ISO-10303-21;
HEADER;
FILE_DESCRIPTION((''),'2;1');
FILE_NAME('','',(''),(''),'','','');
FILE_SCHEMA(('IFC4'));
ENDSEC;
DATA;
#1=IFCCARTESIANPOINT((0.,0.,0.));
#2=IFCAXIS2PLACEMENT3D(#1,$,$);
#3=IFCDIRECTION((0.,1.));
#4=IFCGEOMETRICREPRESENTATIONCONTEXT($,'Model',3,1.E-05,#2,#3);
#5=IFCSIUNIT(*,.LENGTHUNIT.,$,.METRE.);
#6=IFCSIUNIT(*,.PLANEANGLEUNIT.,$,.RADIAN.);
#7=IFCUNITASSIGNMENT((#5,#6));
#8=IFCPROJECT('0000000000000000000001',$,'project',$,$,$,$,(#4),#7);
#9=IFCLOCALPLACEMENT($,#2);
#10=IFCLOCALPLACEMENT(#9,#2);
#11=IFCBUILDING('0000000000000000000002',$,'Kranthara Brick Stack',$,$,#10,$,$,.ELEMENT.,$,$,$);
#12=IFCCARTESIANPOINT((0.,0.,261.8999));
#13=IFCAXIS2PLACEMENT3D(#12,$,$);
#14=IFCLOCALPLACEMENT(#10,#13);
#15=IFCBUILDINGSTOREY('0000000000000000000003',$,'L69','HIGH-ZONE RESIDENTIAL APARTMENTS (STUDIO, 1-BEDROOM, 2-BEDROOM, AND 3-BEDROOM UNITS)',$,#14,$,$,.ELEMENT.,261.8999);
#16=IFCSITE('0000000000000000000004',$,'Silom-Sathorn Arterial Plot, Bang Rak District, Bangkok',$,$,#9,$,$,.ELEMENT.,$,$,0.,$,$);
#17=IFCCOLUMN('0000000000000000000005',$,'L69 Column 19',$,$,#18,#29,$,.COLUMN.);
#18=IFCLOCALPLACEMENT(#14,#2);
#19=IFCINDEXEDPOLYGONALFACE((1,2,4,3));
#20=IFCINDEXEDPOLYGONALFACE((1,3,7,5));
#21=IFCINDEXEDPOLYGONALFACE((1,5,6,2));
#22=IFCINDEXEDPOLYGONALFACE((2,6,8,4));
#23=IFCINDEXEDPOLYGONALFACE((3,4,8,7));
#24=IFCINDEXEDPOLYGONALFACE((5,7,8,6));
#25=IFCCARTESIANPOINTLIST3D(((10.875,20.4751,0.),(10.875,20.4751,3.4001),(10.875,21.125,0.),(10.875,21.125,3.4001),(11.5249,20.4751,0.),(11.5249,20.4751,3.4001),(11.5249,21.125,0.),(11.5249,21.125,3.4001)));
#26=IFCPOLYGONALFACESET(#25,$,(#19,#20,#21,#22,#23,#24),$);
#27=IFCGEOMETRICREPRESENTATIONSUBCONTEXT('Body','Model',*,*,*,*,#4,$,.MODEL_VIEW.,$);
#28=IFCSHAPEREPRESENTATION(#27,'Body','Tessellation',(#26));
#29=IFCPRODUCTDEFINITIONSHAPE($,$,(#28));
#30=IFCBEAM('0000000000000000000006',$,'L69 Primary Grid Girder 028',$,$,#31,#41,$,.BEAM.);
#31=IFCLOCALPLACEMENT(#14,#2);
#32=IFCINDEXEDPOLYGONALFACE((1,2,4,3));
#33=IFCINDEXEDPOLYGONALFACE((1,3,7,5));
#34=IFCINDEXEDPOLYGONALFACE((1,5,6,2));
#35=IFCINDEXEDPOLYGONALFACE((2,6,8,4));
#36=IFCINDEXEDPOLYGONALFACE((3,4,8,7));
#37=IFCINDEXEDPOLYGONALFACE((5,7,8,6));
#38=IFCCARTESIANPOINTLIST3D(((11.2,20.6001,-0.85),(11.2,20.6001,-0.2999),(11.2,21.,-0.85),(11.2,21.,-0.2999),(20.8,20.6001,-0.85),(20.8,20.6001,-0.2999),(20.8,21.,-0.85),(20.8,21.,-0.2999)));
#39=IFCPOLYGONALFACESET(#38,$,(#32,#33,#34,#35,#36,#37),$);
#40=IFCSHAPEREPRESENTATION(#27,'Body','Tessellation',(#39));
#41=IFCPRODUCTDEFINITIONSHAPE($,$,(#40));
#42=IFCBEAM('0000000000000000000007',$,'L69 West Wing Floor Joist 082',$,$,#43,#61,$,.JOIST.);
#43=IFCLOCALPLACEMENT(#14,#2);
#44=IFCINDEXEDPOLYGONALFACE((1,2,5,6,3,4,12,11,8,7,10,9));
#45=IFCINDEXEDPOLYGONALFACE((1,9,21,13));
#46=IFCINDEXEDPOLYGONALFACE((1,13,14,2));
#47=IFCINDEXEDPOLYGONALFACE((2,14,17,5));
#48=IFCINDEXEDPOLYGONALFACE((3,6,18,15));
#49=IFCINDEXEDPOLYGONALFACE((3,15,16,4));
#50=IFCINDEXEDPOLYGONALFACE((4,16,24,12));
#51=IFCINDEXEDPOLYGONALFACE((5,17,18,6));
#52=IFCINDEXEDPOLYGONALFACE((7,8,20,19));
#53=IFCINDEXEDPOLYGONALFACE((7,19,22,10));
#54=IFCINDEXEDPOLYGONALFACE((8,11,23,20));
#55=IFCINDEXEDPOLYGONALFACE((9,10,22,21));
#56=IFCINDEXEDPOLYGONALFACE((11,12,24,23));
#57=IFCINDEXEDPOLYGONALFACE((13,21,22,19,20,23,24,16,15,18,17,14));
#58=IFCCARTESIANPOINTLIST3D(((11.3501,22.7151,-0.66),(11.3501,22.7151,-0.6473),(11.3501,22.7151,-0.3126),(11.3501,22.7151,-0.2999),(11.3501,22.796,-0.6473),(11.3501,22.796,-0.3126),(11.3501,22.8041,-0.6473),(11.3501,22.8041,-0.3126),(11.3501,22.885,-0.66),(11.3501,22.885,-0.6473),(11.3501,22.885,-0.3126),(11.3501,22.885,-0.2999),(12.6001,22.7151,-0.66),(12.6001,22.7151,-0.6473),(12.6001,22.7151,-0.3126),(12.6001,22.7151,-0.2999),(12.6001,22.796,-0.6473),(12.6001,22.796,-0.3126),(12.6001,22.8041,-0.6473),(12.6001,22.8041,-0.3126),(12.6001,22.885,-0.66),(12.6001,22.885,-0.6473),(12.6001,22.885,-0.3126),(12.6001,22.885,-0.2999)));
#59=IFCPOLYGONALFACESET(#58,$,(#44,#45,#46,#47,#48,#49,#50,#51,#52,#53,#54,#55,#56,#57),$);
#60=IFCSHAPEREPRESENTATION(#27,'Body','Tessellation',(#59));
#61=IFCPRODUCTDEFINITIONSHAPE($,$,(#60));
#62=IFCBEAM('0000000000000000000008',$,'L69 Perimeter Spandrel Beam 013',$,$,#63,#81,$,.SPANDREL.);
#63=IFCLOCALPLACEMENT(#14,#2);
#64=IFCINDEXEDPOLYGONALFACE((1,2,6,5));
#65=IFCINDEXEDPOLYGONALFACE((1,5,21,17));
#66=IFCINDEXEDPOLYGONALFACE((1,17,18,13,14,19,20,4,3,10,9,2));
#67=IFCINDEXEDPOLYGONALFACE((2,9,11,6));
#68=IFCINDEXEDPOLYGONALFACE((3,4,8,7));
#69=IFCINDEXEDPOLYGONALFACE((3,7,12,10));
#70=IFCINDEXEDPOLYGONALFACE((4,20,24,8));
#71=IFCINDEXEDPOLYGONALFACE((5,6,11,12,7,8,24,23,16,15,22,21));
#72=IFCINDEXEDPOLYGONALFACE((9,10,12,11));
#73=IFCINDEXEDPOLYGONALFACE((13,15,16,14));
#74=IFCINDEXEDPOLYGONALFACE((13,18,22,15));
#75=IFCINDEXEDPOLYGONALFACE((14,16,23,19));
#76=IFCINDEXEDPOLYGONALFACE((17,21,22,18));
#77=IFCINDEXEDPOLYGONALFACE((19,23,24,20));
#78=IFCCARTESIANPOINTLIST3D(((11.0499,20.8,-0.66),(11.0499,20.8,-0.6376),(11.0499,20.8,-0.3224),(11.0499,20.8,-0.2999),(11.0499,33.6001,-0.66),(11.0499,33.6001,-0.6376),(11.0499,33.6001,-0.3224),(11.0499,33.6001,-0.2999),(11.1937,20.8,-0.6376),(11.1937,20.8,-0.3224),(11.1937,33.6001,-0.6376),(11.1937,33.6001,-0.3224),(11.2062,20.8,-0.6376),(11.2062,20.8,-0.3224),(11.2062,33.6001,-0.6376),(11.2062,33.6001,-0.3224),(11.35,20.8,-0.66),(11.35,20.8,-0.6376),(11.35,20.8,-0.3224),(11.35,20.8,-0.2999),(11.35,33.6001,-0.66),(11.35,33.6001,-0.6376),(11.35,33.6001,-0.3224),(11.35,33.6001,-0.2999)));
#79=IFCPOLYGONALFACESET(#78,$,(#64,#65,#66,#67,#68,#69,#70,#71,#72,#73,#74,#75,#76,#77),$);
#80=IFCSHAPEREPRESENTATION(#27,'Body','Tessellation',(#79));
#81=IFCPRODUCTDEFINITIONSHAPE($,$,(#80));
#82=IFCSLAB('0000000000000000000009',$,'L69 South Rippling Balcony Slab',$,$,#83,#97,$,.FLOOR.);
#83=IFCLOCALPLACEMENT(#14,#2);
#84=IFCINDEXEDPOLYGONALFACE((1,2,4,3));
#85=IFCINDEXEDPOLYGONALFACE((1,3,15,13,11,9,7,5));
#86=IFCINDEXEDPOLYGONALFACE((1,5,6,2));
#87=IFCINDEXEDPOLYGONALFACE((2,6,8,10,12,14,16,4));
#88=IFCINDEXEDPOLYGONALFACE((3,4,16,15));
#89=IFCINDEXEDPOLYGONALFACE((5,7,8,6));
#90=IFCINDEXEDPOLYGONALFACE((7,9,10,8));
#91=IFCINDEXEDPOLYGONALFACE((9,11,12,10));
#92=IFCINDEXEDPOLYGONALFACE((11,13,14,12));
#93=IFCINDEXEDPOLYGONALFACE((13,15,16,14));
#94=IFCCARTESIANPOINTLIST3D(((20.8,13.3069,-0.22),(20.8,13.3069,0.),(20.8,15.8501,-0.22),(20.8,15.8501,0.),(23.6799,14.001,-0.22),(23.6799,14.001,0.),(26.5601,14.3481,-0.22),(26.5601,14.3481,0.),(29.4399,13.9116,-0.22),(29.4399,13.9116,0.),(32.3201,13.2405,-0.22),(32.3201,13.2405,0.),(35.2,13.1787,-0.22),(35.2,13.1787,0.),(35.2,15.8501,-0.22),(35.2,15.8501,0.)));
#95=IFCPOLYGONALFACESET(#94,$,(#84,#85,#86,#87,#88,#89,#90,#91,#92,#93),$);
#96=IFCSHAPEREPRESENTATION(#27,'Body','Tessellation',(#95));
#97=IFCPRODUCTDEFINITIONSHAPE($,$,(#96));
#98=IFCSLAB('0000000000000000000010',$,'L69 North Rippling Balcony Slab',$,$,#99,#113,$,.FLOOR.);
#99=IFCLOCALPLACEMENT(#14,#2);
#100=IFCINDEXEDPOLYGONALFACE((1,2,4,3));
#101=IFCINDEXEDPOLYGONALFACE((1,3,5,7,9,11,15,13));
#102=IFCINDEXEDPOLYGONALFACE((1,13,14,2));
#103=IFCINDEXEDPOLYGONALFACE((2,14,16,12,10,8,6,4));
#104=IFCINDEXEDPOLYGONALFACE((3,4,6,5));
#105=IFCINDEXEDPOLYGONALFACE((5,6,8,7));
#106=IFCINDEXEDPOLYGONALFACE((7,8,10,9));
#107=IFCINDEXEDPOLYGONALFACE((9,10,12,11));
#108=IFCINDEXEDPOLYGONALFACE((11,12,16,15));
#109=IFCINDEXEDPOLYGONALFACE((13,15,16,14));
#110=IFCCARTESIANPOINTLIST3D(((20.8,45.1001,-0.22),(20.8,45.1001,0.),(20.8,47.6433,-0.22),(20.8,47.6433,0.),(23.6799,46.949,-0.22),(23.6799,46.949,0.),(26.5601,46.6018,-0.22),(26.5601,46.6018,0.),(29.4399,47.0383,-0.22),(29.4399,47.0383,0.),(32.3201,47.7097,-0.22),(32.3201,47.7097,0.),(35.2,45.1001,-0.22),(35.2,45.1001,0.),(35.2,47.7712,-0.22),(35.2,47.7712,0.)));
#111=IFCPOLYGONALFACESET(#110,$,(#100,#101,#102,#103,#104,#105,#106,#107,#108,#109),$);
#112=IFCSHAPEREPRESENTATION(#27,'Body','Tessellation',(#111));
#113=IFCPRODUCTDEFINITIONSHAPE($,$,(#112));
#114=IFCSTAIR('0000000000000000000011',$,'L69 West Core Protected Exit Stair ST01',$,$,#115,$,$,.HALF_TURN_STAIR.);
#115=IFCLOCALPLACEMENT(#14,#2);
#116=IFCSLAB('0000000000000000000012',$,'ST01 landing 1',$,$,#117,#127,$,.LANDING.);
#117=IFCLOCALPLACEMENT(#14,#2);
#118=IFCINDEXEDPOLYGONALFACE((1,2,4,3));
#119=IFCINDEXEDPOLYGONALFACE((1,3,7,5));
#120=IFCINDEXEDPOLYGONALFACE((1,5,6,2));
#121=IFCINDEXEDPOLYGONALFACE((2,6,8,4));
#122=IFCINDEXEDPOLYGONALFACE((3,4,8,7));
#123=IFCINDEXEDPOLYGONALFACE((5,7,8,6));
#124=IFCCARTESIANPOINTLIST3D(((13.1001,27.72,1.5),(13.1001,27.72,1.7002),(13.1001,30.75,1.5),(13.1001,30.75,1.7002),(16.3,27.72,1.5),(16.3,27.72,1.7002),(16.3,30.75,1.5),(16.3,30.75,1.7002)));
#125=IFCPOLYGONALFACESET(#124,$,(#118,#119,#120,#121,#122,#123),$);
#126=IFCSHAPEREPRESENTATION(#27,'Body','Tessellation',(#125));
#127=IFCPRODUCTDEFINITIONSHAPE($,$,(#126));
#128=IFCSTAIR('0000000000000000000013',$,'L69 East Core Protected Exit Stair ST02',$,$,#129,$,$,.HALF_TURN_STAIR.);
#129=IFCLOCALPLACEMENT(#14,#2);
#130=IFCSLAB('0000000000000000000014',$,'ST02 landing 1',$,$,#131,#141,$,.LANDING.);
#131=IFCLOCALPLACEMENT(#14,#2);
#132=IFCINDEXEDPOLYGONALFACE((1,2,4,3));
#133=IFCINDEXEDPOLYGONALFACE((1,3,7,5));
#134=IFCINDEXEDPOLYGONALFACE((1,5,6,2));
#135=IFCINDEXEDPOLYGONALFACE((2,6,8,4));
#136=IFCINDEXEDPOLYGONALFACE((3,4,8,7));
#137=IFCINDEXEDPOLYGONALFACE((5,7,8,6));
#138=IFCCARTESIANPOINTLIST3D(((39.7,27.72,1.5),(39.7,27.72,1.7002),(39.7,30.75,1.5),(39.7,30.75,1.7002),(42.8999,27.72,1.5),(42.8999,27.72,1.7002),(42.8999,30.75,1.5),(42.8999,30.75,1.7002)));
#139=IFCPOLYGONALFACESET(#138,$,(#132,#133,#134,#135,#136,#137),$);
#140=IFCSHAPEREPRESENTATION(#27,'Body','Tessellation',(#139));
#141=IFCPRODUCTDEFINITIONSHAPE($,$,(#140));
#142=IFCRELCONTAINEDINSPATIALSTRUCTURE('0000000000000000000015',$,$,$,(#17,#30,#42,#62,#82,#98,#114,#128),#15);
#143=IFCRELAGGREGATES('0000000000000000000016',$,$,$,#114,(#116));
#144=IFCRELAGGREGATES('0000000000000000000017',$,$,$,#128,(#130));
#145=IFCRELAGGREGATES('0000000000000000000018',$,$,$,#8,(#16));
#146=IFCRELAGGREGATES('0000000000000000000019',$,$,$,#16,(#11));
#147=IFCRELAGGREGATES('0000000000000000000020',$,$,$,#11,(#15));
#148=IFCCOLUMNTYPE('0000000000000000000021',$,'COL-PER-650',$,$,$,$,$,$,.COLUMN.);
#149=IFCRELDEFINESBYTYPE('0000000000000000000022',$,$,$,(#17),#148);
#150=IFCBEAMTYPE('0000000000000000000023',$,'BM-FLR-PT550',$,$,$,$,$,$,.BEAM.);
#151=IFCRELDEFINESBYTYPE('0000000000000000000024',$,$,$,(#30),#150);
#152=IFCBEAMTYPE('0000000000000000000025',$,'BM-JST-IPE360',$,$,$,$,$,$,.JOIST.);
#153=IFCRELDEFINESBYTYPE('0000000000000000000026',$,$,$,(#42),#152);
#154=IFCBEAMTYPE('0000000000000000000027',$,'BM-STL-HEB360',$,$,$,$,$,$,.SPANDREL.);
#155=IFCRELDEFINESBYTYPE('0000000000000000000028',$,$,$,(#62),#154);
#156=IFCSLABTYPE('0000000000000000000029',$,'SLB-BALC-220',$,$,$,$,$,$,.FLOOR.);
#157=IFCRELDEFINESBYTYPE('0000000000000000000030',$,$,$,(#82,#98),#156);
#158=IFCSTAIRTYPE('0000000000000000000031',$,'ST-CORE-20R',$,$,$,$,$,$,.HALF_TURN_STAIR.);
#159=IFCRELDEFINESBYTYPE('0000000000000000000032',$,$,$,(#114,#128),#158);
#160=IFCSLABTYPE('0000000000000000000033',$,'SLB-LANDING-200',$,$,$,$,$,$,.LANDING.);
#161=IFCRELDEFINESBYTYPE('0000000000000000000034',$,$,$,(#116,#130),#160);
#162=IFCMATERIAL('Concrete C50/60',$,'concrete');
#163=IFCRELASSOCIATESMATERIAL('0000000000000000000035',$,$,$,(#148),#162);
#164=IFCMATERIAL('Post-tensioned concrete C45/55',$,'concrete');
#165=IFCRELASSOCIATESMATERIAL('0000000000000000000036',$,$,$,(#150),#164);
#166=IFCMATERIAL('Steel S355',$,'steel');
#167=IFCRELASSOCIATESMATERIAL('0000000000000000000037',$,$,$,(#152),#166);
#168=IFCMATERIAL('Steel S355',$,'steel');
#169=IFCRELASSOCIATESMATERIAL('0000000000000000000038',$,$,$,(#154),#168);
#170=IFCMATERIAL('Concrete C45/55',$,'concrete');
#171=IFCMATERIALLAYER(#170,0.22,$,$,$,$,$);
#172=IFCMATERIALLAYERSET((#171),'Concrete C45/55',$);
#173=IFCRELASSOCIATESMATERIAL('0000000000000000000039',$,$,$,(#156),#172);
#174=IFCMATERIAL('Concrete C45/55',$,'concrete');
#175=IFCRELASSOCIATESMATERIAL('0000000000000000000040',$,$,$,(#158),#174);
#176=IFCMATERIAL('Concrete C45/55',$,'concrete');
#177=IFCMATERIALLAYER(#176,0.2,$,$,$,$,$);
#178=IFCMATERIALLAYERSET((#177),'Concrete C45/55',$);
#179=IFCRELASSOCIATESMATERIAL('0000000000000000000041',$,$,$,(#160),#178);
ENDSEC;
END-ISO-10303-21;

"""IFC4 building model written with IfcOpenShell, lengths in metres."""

from ifc_helpers import new_model, si_unit, direction, frame, origin, origin_2d, place, context, subcontext, project, spatial, polyline, rectangle, i_section, outline, extrude, material, layer, layer_set, material_profile, profile_set, type_object, element, aggregate, save


model = new_model("IFC4")

# Units and contexts
model_context = context("Model", 3, precision=1e-05, world=origin(), true_north=direction((0.0, 1.0)))
body_context = subcontext(model_context, "Body", "Model", "MODEL_VIEW")
ifc_project = project(units=[si_unit("LENGTHUNIT", "METRE"), si_unit("PLANEANGLEUNIT", "RADIAN")], contexts=[model_context])

# Site, building, storey
site_placement = place(None, origin())
site = spatial("IfcSite", under=ifc_project, at=site_placement, Name="Silom-Sathorn Arterial Plot, Bang Rak District, Bangkok", CompositionType="ELEMENT", RefElevation=0.0)
building_placement = place(site_placement, origin())
building = spatial("IfcBuilding", under=site, at=building_placement, Name="Kranthara Brick Stack", CompositionType="ELEMENT")
storey_placement = place(building_placement, frame((0.0, 0.0, 261.8999)))
storey = spatial("IfcBuildingStorey", under=building, at=storey_placement, Name="L69", Description="HIGH-ZONE RESIDENTIAL APARTMENTS (STUDIO, 1-BEDROOM, 2-BEDROOM, AND 3-BEDROOM UNITS)", CompositionType="ELEMENT", Elevation=261.8999)

# Column
ifc_material_1 = material(Name="Concrete C50/60", Category="concrete")
ifc_material_profile_1 = material_profile(ifc_material_1, rectangle(XDim=0.6499, YDim=0.6499, at=origin_2d()), Name="RC 650x650")
ifc_profile_set_1 = profile_set([ifc_material_profile_1], Name="Concrete C50/60")
column_type = type_object("IfcColumnType", Name="COL-PER-650", PredefinedType="COLUMN", material=ifc_profile_set_1)
column_placement = place(storey_placement, frame((11.2, 20.8, 0.0), z_axis=(0.0, 0.0, 1.0), x_axis=(1.0, 0.0, 0.0)))
element("IfcColumn", 1, at=column_placement, inside=storey, type_object=column_type, Name="L69 Column 19", PredefinedType="COLUMN", context=body_context, shape_type="SweptSolid", body=[
    extrude(rectangle(XDim=0.6499, YDim=0.6499, at=origin_2d()), origin(), (0.0, 0.0, 1.0), 3.4001),
])

# Beams
ifc_material_2 = material(Name="Post-tensioned concrete C45/55", Category="concrete")
ifc_material_profile_2 = material_profile(ifc_material_2, rectangle(XDim=0.3999, YDim=0.55, at=origin_2d()), Name="PT 400x550")
ifc_profile_set_2 = profile_set([ifc_material_profile_2], Name="Post-tensioned concrete C45/55")
beam_type_1 = type_object("IfcBeamType", Name="BM-FLR-PT550", PredefinedType="BEAM", material=ifc_profile_set_2)
beam_1_placement = place(storey_placement, frame((11.2, 20.8, -0.575), z_axis=(1.0, 0.0, 0.0), x_axis=(0.0, 1.0, 0.0)))
element("IfcBeam", 2, at=beam_1_placement, inside=storey, type_object=beam_type_1, Name="L69 Primary Grid Girder 028", PredefinedType="BEAM", context=body_context, shape_type="SweptSolid", body=[
    extrude(rectangle(XDim=0.3999, YDim=0.55, at=origin_2d()), origin(), (0.0, 0.0, 1.0), 9.6001),
])
ifc_material_3 = material(Name="Steel S355", Category="steel")
ifc_material_profile_3 = material_profile(ifc_material_3, i_section(OverallWidth=0.1699, OverallDepth=0.3601, WebThickness=0.0081, FlangeThickness=0.0127, at=origin_2d()), Name="IPE 360")
ifc_profile_set_3 = profile_set([ifc_material_profile_3], Name="Steel S355")
beam_type_2 = type_object("IfcBeamType", Name="BM-JST-IPE360", PredefinedType="JOIST", material=ifc_profile_set_3)
beam_2_placement = place(storey_placement, frame((11.3501, 22.8, -0.48), z_axis=(1.0, 0.0, 0.0), x_axis=(0.0, 1.0, 0.0)))
element("IfcBeam", 3, at=beam_2_placement, inside=storey, type_object=beam_type_2, Name="L69 West Wing Floor Joist 082", PredefinedType="JOIST", context=body_context, shape_type="SweptSolid", body=[
    extrude(i_section(OverallWidth=0.1699, OverallDepth=0.3601, WebThickness=0.0081, FlangeThickness=0.0127, at=origin_2d()), origin(), (0.0, 0.0, 1.0), 1.25),
])
ifc_material_4 = material(Name="Steel S355", Category="steel")
ifc_material_profile_4 = material_profile(ifc_material_4, i_section(OverallWidth=0.3, OverallDepth=0.3601, WebThickness=0.0125, FlangeThickness=0.0225, at=origin_2d()), Name="HEB 360")
ifc_profile_set_4 = profile_set([ifc_material_profile_4], Name="Steel S355")
beam_type_3 = type_object("IfcBeamType", Name="BM-STL-HEB360", PredefinedType="SPANDREL", material=ifc_profile_set_4)
beam_3_placement = place(storey_placement, frame((11.2, 20.8, -0.48), z_axis=(0.0, 1.0, 0.0), x_axis=(-1.0, 0.0, 0.0)))
element("IfcBeam", 4, at=beam_3_placement, inside=storey, type_object=beam_type_3, Name="L69 Perimeter Spandrel Beam 013", PredefinedType="SPANDREL", context=body_context, shape_type="SweptSolid", body=[
    extrude(i_section(OverallWidth=0.3, OverallDepth=0.3601, WebThickness=0.0125, FlangeThickness=0.0225, at=origin_2d()), origin(), (0.0, 0.0, 1.0), 12.8),
])

# Slabs
ifc_material_5 = material(Name="Concrete C45/55", Category="concrete")
ifc_layer_1 = layer(ifc_material_5, 0.22)
ifc_layer_set_1 = layer_set([ifc_layer_1], Name="Concrete C45/55")
slab_type_1 = type_object("IfcSlabType", Name="SLB-BALC-220", PredefinedType="FLOOR", material=ifc_layer_set_1)
slab_1_placement = place(storey_placement, frame((0.0, 0.0, -0.22)))
element("IfcSlab", 5, at=slab_1_placement, inside=storey, type_object=slab_type_1, Name="L69 South Rippling Balcony Slab", PredefinedType="FLOOR", context=body_context, shape_type="SweptSolid", body=[
    extrude(outline(polyline([(20.8, 15.8501), (35.2, 15.8501), (35.2, 13.1787), (32.3201, 13.2405), (29.4399, 13.9116), (26.5601, 14.3481), (23.6799, 14.001), (20.8, 13.3069), (20.8, 15.8501)])), origin(), (0.0, 0.0, 1.0), 0.22),
])
slab_2_placement = place(storey_placement, frame((0.0, 0.0, -0.22)))
element("IfcSlab", 6, at=slab_2_placement, inside=storey, type_object=slab_type_1, Name="L69 North Rippling Balcony Slab", PredefinedType="FLOOR", context=body_context, shape_type="SweptSolid", body=[
    extrude(outline(polyline([(35.2, 45.1001), (20.8, 45.1001), (20.8, 47.6433), (23.6799, 46.949), (26.5601, 46.6018), (29.4399, 47.0383), (32.3201, 47.7097), (35.2, 47.7712), (35.2, 45.1001)])), origin(), (0.0, 0.0, 1.0), 0.22),
])

# Stairs, slabs
ifc_material_6 = material(Name="Concrete C45/55", Category="concrete")
stair_type = type_object("IfcStairType", Name="ST-CORE-20R", PredefinedType="HALF_TURN_STAIR", material=ifc_material_6)
stair_1_placement = place(storey_placement, origin())
stair_1 = element("IfcStair", 7, at=stair_1_placement, inside=storey, type_object=stair_type, Name="L69 West Core Protected Exit Stair ST01", PredefinedType="HALF_TURN_STAIR")
ifc_material_7 = material(Name="Concrete C45/55", Category="concrete")
ifc_layer_2 = layer(ifc_material_7, 0.2)
ifc_layer_set_2 = layer_set([ifc_layer_2], Name="Concrete C45/55")
slab_type_2 = type_object("IfcSlabType", Name="SLB-LANDING-200", PredefinedType="LANDING", material=ifc_layer_set_2)
slab_3_placement = place(storey_placement, frame((0.0, 0.0, 1.5)))
slab_3 = element("IfcSlab", 8, at=slab_3_placement, type_object=slab_type_2, Name="ST01 landing 1", PredefinedType="LANDING", context=body_context, shape_type="SweptSolid", body=[
    extrude(outline(polyline([(16.3, 27.72), (16.3, 30.75), (13.1001, 30.75), (13.1001, 27.72), (16.3, 27.72)])), origin(), (0.0, 0.0, 1.0), 0.2002),
])
aggregate(stair_1, [slab_3])
stair_2_placement = place(storey_placement, origin())
stair_2 = element("IfcStair", 9, at=stair_2_placement, inside=storey, type_object=stair_type, Name="L69 East Core Protected Exit Stair ST02", PredefinedType="HALF_TURN_STAIR")
slab_4_placement = place(storey_placement, frame((0.0, 0.0, 1.5)))
slab_4 = element("IfcSlab", 10, at=slab_4_placement, type_object=slab_type_2, Name="ST02 landing 1", PredefinedType="LANDING", context=body_context, shape_type="SweptSolid", body=[
    extrude(outline(polyline([(42.8999, 27.72), (42.8999, 30.75), (39.7, 30.75), (39.7, 27.72), (42.8999, 27.72)])), origin(), (0.0, 0.0, 1.0), 0.2002),
])
aggregate(stair_2, [slab_4])

save(model, "model.ifc")
